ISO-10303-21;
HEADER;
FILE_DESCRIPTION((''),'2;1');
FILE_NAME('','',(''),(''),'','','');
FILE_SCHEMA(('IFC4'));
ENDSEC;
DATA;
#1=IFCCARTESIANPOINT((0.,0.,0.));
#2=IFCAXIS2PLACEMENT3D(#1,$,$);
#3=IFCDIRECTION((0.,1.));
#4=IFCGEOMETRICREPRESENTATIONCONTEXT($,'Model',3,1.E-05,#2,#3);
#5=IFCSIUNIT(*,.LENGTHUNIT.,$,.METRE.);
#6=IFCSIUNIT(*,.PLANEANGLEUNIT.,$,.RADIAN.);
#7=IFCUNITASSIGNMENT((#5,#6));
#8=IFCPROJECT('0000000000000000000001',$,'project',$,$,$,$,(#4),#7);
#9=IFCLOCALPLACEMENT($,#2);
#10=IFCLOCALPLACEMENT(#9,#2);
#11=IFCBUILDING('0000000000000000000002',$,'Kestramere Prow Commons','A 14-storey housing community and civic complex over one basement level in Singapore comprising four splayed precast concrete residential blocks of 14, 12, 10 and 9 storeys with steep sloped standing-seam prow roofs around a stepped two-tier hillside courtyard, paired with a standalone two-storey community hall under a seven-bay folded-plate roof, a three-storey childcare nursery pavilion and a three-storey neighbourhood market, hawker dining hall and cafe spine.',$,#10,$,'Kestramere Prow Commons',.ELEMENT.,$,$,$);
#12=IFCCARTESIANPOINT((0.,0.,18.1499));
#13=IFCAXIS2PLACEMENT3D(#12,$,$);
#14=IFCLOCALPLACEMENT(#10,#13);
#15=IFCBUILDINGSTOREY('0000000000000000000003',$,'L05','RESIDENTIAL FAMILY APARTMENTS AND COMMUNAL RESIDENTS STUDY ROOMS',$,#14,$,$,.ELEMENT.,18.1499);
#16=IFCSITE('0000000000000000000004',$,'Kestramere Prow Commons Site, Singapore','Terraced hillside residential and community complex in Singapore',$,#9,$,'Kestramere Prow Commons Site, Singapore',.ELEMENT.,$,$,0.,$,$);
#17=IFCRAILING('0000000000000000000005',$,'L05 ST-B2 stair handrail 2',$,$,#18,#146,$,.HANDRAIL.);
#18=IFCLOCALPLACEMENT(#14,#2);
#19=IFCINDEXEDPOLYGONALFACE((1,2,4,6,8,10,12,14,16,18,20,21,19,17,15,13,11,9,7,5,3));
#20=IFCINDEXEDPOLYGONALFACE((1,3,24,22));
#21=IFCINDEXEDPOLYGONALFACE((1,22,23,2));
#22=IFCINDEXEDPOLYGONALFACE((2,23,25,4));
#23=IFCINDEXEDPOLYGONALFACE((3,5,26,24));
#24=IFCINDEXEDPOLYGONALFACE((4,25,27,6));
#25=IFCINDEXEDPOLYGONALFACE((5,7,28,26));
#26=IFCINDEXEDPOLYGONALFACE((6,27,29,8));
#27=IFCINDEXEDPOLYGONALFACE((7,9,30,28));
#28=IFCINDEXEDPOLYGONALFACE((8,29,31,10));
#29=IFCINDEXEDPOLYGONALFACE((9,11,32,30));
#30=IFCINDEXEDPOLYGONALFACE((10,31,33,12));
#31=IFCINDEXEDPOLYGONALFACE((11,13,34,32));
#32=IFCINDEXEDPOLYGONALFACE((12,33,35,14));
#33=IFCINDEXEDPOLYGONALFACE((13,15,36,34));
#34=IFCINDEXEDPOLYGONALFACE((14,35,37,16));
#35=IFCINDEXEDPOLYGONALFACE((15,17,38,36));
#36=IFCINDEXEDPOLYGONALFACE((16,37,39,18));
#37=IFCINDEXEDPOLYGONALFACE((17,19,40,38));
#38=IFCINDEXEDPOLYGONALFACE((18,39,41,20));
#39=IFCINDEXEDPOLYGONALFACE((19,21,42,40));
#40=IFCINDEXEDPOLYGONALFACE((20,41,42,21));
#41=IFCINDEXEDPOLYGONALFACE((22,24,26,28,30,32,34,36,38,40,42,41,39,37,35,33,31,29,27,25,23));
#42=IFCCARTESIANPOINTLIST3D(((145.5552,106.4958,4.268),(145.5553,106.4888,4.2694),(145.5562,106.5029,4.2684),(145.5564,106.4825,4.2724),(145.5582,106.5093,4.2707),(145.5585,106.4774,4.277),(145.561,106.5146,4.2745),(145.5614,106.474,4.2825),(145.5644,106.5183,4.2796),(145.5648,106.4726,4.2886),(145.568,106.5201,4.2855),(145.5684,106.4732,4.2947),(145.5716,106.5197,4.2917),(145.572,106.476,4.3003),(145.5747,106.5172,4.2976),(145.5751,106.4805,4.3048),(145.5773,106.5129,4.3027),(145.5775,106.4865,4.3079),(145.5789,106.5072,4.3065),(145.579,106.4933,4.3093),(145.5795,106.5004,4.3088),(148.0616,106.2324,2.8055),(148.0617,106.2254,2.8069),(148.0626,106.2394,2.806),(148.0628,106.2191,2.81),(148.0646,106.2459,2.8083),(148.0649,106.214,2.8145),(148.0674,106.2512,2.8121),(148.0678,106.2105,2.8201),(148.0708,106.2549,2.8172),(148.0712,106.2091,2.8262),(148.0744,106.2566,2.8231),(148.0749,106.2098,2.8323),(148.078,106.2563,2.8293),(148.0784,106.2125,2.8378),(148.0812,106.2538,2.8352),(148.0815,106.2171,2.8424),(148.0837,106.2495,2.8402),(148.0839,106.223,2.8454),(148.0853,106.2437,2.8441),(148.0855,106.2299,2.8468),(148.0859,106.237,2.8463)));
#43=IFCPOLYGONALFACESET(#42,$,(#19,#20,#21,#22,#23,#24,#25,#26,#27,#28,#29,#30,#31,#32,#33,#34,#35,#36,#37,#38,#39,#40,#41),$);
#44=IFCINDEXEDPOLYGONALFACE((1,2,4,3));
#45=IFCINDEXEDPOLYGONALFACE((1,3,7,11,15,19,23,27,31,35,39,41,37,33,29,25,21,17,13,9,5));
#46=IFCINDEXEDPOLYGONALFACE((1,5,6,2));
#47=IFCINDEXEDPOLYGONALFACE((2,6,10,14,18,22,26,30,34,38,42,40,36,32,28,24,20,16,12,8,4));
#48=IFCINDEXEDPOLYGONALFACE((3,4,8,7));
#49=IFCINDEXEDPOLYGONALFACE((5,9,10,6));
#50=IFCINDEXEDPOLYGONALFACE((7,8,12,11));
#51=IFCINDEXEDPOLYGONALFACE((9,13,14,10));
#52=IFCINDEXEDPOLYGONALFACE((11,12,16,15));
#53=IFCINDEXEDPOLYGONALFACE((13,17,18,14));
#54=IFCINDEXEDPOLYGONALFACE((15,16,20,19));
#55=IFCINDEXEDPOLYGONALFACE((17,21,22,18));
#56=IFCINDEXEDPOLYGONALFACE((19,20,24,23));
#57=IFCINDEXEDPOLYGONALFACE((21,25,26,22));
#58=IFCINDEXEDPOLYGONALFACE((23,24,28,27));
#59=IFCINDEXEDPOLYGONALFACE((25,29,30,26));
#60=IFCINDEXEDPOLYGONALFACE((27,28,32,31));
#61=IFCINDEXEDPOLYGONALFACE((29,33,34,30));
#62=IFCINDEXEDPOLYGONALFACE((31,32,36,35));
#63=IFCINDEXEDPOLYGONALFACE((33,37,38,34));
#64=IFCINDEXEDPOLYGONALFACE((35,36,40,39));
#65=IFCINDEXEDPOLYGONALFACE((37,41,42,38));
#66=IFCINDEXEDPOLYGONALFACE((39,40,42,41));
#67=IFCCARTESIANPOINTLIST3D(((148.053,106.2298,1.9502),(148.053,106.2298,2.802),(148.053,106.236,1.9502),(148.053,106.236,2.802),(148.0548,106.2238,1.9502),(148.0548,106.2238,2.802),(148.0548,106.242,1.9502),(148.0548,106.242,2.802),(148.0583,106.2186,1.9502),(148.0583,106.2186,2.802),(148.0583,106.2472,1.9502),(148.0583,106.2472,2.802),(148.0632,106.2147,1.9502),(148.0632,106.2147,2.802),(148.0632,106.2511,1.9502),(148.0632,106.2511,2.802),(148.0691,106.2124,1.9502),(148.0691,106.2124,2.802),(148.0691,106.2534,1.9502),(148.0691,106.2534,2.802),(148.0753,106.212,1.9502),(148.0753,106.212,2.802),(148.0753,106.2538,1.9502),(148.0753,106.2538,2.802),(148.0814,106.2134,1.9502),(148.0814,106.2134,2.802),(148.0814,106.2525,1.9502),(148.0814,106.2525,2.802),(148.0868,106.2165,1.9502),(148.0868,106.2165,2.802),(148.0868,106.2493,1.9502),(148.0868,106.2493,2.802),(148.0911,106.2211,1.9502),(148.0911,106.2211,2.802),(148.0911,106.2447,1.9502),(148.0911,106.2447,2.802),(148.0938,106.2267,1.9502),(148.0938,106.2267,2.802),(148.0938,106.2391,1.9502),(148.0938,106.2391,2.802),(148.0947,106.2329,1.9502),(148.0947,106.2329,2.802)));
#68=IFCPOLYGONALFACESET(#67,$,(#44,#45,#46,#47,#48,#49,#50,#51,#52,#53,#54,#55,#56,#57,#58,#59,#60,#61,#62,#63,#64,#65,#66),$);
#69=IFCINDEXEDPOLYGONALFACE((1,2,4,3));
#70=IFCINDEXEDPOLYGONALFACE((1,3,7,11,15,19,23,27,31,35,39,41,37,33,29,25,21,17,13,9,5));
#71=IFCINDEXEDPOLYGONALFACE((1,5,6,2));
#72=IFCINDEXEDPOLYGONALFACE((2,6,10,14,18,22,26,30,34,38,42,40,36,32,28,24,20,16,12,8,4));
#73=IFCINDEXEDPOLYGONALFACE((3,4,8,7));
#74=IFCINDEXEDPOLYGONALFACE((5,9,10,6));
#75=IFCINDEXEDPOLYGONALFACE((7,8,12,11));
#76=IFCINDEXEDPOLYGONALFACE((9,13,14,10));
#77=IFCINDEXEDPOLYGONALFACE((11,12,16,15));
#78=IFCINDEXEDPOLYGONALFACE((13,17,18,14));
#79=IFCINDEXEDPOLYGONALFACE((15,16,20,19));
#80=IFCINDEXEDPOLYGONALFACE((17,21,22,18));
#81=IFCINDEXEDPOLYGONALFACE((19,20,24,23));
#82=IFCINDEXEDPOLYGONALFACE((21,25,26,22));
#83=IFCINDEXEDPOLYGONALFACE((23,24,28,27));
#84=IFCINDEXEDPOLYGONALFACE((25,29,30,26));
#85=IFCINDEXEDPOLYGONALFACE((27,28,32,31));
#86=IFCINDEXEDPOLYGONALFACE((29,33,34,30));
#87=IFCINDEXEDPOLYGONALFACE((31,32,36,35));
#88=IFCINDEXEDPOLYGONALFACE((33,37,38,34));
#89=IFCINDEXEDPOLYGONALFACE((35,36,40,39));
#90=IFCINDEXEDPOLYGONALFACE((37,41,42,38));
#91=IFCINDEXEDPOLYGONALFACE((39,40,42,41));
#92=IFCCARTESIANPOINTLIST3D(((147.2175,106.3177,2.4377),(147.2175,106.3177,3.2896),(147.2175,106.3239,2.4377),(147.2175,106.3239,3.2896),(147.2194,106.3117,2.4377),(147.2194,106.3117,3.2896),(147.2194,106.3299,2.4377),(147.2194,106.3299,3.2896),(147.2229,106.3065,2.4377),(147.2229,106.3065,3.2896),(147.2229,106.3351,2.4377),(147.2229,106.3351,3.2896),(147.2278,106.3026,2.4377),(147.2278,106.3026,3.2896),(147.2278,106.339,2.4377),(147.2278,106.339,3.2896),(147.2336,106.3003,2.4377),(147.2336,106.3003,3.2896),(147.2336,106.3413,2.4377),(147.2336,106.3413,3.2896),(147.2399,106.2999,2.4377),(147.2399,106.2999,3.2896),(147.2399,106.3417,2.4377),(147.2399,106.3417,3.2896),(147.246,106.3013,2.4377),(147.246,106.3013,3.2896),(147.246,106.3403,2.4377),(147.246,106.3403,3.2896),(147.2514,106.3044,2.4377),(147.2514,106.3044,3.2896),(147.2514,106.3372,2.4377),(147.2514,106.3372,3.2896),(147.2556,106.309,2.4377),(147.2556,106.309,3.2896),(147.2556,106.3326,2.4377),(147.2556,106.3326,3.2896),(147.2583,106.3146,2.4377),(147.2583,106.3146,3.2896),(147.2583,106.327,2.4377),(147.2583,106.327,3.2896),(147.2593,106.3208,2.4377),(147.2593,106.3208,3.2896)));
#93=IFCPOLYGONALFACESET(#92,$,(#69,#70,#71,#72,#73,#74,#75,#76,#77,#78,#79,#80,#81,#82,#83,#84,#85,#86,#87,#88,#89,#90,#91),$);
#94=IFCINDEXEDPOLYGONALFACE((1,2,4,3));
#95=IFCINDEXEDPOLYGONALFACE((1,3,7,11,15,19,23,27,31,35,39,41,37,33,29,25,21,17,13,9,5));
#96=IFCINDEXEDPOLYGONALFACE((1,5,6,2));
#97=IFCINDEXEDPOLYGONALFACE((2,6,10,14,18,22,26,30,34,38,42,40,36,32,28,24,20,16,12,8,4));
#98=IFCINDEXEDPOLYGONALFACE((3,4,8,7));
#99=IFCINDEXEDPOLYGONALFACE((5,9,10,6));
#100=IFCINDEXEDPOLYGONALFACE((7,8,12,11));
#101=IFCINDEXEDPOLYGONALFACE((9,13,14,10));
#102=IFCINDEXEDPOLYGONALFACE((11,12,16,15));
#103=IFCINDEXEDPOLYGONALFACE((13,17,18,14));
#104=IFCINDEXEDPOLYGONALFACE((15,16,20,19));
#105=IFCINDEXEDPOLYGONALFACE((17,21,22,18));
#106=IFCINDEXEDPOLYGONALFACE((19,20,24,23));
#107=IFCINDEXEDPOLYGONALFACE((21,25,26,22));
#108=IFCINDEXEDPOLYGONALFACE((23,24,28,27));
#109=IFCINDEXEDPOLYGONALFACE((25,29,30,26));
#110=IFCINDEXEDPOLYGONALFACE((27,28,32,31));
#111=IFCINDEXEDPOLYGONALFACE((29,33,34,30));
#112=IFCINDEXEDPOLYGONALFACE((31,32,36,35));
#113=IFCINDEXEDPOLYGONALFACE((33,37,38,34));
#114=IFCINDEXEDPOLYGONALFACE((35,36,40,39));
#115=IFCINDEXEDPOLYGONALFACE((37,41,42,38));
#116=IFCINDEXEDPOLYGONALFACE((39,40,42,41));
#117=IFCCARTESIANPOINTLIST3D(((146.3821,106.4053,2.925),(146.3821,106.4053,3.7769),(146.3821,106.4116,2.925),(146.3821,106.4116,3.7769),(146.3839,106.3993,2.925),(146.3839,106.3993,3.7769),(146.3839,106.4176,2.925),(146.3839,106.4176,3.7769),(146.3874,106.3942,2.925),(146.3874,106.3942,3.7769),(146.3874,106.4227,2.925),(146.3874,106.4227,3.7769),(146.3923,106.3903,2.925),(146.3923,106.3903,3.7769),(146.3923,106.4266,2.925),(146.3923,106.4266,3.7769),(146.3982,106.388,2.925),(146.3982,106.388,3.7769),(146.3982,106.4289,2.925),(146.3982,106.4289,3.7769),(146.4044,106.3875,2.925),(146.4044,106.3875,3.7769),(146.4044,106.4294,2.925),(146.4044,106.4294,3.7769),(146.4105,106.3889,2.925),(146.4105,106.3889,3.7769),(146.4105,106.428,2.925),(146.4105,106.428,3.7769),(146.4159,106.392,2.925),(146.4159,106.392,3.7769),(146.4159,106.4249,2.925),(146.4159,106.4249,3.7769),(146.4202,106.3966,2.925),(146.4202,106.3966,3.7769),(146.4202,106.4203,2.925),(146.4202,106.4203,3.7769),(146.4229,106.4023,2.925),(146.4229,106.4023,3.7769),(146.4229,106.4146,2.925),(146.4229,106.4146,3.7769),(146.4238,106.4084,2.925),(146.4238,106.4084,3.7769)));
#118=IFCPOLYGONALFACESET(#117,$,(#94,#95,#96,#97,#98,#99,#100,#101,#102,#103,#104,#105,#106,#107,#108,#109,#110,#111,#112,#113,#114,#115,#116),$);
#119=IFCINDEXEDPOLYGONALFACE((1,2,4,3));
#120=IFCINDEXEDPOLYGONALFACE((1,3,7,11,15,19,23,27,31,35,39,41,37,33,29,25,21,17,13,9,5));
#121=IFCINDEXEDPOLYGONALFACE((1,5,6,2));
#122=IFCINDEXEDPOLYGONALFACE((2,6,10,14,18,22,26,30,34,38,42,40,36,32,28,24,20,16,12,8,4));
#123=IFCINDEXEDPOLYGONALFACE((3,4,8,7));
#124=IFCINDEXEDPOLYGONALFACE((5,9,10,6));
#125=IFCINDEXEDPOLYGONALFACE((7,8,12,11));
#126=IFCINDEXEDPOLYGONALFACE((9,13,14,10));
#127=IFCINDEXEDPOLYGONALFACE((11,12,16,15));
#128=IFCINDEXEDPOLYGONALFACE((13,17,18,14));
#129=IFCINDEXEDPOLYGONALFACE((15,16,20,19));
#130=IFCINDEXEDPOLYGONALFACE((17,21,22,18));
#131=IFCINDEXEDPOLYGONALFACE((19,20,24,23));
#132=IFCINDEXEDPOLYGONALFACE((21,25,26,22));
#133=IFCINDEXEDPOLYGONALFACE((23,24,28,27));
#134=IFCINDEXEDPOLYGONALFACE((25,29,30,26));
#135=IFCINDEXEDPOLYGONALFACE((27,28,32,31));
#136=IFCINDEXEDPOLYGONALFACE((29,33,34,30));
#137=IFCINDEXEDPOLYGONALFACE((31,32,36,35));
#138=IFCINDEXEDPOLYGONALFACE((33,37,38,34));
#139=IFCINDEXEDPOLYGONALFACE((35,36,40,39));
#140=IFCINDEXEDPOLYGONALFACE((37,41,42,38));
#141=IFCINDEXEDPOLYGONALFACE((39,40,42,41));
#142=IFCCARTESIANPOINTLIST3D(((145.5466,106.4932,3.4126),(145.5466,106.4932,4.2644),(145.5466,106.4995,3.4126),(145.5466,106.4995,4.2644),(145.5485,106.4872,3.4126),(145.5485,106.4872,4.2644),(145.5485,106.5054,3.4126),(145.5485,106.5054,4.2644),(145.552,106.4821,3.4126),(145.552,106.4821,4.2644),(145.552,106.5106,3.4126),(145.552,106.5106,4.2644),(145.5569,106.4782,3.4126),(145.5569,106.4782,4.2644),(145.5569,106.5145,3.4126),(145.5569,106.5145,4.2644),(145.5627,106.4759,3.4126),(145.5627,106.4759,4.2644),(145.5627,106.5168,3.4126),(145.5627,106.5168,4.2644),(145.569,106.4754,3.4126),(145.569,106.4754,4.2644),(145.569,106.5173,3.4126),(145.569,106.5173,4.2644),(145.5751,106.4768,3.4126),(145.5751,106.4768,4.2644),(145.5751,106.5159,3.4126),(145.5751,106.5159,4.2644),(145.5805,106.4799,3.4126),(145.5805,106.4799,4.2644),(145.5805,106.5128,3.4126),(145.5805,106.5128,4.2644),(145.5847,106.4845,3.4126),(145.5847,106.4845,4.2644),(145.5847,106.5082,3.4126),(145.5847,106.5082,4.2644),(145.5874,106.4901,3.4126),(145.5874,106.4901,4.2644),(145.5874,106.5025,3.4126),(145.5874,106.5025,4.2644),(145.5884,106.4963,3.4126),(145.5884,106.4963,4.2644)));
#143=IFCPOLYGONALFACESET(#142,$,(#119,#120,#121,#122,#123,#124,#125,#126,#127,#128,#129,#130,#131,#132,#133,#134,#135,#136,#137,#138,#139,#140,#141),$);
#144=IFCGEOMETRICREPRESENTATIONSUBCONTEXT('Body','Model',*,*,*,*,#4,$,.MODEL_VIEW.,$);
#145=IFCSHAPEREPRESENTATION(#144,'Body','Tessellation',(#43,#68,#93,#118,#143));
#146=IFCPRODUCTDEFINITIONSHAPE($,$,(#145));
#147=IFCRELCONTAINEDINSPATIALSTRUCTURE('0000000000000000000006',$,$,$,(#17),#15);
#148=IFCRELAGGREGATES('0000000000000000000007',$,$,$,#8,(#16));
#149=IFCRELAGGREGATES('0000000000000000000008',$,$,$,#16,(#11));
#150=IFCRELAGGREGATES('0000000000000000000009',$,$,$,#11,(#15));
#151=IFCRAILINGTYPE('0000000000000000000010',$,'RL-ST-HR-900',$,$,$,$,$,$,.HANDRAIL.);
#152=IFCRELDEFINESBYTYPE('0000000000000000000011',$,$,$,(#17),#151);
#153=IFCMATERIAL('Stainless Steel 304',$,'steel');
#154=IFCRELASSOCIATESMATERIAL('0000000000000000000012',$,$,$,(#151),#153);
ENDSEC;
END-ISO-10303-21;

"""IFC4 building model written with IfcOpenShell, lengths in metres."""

from ifc_helpers import new_model, si_unit, direction, frame, origin, origin_2d, place, context, subcontext, project, spatial, circle, extrude, material, type_object, element, save


model = new_model("IFC4")

# Units and contexts
model_context = context("Model", 3, precision=1e-05, world=origin(), true_north=direction((0.0, 1.0)))
body_context = subcontext(model_context, "Body", "Model", "MODEL_VIEW")
ifc_project = project(units=[si_unit("LENGTHUNIT", "METRE"), si_unit("PLANEANGLEUNIT", "RADIAN")], contexts=[model_context])

# Site, building, storey
site_placement = place(None, origin())
site = spatial("IfcSite", under=ifc_project, at=site_placement, Name="Kestramere Prow Commons Site, Singapore", Description="Terraced hillside residential and community complex in Singapore", LongName="Kestramere Prow Commons Site, Singapore", CompositionType="ELEMENT", RefElevation=0.0)
building_placement = place(site_placement, origin())
building = spatial("IfcBuilding", under=site, at=building_placement, Name="Kestramere Prow Commons", Description="A 14-storey housing community and civic complex over one basement level in Singapore comprising four splayed precast concrete residential blocks of 14, 12, 10 and 9 storeys with steep sloped standing-seam prow roofs around a stepped two-tier hillside courtyard, paired with a standalone two-storey community hall under a seven-bay folded-plate roof, a three-storey childcare nursery pavilion and a three-storey neighbourhood market, hawker dining hall and cafe spine.", LongName="Kestramere Prow Commons", CompositionType="ELEMENT")
storey_placement = place(building_placement, frame((0.0, 0.0, 18.1499)))
storey = spatial("IfcBuildingStorey", under=building, at=storey_placement, Name="L05", Description="RESIDENTIAL FAMILY APARTMENTS AND COMMUNAL RESIDENTS STUDY ROOMS", CompositionType="ELEMENT", Elevation=18.1499)

# Railing
ifc_material_1 = material(Name="Stainless Steel 304", Category="steel")
railing_type_1 = type_object("IfcRailingType", Name="RL-ST-HR-900", PredefinedType="HANDRAIL", material=ifc_material_1)
railing_1_placement = place(storey_placement, frame((148.0737, 106.2329, 1.9502)))
element("IfcRailing", 1, at=railing_1_placement, inside=storey, type_object=railing_type_1, Name="L05 ST-B2 stair handrail 2", PredefinedType="HANDRAIL", context=body_context, shape_type="SweptSolid", body=[
    extrude(circle(Radius=0.0239, at=origin_2d()), frame((0.0, 0.0, 0.876), z_axis=(-0.860187, 0.090409, 0.501901), x_axis=(-0.104528, -0.994522, 0.0)), (0.0, 0.0, 1.0), 2.9138),
    extrude(circle(Radius=0.021, at=origin_2d()), origin(), (0.0, 0.0, 1.0), 0.8518),
    extrude(circle(Radius=0.021, at=origin_2d()), frame((-0.8354, 0.0879, 0.4875)), (0.0, 0.0, 1.0), 0.8518),
    extrude(circle(Radius=0.021, at=origin_2d()), frame((-1.6709, 0.1755, 0.9749)), (0.0, 0.0, 1.0), 0.8518),
    extrude(circle(Radius=0.021, at=origin_2d()), frame((-2.5063, 0.2634, 1.4624)), (0.0, 0.0, 1.0), 0.8518),
])

save(model, "model.ifc")
